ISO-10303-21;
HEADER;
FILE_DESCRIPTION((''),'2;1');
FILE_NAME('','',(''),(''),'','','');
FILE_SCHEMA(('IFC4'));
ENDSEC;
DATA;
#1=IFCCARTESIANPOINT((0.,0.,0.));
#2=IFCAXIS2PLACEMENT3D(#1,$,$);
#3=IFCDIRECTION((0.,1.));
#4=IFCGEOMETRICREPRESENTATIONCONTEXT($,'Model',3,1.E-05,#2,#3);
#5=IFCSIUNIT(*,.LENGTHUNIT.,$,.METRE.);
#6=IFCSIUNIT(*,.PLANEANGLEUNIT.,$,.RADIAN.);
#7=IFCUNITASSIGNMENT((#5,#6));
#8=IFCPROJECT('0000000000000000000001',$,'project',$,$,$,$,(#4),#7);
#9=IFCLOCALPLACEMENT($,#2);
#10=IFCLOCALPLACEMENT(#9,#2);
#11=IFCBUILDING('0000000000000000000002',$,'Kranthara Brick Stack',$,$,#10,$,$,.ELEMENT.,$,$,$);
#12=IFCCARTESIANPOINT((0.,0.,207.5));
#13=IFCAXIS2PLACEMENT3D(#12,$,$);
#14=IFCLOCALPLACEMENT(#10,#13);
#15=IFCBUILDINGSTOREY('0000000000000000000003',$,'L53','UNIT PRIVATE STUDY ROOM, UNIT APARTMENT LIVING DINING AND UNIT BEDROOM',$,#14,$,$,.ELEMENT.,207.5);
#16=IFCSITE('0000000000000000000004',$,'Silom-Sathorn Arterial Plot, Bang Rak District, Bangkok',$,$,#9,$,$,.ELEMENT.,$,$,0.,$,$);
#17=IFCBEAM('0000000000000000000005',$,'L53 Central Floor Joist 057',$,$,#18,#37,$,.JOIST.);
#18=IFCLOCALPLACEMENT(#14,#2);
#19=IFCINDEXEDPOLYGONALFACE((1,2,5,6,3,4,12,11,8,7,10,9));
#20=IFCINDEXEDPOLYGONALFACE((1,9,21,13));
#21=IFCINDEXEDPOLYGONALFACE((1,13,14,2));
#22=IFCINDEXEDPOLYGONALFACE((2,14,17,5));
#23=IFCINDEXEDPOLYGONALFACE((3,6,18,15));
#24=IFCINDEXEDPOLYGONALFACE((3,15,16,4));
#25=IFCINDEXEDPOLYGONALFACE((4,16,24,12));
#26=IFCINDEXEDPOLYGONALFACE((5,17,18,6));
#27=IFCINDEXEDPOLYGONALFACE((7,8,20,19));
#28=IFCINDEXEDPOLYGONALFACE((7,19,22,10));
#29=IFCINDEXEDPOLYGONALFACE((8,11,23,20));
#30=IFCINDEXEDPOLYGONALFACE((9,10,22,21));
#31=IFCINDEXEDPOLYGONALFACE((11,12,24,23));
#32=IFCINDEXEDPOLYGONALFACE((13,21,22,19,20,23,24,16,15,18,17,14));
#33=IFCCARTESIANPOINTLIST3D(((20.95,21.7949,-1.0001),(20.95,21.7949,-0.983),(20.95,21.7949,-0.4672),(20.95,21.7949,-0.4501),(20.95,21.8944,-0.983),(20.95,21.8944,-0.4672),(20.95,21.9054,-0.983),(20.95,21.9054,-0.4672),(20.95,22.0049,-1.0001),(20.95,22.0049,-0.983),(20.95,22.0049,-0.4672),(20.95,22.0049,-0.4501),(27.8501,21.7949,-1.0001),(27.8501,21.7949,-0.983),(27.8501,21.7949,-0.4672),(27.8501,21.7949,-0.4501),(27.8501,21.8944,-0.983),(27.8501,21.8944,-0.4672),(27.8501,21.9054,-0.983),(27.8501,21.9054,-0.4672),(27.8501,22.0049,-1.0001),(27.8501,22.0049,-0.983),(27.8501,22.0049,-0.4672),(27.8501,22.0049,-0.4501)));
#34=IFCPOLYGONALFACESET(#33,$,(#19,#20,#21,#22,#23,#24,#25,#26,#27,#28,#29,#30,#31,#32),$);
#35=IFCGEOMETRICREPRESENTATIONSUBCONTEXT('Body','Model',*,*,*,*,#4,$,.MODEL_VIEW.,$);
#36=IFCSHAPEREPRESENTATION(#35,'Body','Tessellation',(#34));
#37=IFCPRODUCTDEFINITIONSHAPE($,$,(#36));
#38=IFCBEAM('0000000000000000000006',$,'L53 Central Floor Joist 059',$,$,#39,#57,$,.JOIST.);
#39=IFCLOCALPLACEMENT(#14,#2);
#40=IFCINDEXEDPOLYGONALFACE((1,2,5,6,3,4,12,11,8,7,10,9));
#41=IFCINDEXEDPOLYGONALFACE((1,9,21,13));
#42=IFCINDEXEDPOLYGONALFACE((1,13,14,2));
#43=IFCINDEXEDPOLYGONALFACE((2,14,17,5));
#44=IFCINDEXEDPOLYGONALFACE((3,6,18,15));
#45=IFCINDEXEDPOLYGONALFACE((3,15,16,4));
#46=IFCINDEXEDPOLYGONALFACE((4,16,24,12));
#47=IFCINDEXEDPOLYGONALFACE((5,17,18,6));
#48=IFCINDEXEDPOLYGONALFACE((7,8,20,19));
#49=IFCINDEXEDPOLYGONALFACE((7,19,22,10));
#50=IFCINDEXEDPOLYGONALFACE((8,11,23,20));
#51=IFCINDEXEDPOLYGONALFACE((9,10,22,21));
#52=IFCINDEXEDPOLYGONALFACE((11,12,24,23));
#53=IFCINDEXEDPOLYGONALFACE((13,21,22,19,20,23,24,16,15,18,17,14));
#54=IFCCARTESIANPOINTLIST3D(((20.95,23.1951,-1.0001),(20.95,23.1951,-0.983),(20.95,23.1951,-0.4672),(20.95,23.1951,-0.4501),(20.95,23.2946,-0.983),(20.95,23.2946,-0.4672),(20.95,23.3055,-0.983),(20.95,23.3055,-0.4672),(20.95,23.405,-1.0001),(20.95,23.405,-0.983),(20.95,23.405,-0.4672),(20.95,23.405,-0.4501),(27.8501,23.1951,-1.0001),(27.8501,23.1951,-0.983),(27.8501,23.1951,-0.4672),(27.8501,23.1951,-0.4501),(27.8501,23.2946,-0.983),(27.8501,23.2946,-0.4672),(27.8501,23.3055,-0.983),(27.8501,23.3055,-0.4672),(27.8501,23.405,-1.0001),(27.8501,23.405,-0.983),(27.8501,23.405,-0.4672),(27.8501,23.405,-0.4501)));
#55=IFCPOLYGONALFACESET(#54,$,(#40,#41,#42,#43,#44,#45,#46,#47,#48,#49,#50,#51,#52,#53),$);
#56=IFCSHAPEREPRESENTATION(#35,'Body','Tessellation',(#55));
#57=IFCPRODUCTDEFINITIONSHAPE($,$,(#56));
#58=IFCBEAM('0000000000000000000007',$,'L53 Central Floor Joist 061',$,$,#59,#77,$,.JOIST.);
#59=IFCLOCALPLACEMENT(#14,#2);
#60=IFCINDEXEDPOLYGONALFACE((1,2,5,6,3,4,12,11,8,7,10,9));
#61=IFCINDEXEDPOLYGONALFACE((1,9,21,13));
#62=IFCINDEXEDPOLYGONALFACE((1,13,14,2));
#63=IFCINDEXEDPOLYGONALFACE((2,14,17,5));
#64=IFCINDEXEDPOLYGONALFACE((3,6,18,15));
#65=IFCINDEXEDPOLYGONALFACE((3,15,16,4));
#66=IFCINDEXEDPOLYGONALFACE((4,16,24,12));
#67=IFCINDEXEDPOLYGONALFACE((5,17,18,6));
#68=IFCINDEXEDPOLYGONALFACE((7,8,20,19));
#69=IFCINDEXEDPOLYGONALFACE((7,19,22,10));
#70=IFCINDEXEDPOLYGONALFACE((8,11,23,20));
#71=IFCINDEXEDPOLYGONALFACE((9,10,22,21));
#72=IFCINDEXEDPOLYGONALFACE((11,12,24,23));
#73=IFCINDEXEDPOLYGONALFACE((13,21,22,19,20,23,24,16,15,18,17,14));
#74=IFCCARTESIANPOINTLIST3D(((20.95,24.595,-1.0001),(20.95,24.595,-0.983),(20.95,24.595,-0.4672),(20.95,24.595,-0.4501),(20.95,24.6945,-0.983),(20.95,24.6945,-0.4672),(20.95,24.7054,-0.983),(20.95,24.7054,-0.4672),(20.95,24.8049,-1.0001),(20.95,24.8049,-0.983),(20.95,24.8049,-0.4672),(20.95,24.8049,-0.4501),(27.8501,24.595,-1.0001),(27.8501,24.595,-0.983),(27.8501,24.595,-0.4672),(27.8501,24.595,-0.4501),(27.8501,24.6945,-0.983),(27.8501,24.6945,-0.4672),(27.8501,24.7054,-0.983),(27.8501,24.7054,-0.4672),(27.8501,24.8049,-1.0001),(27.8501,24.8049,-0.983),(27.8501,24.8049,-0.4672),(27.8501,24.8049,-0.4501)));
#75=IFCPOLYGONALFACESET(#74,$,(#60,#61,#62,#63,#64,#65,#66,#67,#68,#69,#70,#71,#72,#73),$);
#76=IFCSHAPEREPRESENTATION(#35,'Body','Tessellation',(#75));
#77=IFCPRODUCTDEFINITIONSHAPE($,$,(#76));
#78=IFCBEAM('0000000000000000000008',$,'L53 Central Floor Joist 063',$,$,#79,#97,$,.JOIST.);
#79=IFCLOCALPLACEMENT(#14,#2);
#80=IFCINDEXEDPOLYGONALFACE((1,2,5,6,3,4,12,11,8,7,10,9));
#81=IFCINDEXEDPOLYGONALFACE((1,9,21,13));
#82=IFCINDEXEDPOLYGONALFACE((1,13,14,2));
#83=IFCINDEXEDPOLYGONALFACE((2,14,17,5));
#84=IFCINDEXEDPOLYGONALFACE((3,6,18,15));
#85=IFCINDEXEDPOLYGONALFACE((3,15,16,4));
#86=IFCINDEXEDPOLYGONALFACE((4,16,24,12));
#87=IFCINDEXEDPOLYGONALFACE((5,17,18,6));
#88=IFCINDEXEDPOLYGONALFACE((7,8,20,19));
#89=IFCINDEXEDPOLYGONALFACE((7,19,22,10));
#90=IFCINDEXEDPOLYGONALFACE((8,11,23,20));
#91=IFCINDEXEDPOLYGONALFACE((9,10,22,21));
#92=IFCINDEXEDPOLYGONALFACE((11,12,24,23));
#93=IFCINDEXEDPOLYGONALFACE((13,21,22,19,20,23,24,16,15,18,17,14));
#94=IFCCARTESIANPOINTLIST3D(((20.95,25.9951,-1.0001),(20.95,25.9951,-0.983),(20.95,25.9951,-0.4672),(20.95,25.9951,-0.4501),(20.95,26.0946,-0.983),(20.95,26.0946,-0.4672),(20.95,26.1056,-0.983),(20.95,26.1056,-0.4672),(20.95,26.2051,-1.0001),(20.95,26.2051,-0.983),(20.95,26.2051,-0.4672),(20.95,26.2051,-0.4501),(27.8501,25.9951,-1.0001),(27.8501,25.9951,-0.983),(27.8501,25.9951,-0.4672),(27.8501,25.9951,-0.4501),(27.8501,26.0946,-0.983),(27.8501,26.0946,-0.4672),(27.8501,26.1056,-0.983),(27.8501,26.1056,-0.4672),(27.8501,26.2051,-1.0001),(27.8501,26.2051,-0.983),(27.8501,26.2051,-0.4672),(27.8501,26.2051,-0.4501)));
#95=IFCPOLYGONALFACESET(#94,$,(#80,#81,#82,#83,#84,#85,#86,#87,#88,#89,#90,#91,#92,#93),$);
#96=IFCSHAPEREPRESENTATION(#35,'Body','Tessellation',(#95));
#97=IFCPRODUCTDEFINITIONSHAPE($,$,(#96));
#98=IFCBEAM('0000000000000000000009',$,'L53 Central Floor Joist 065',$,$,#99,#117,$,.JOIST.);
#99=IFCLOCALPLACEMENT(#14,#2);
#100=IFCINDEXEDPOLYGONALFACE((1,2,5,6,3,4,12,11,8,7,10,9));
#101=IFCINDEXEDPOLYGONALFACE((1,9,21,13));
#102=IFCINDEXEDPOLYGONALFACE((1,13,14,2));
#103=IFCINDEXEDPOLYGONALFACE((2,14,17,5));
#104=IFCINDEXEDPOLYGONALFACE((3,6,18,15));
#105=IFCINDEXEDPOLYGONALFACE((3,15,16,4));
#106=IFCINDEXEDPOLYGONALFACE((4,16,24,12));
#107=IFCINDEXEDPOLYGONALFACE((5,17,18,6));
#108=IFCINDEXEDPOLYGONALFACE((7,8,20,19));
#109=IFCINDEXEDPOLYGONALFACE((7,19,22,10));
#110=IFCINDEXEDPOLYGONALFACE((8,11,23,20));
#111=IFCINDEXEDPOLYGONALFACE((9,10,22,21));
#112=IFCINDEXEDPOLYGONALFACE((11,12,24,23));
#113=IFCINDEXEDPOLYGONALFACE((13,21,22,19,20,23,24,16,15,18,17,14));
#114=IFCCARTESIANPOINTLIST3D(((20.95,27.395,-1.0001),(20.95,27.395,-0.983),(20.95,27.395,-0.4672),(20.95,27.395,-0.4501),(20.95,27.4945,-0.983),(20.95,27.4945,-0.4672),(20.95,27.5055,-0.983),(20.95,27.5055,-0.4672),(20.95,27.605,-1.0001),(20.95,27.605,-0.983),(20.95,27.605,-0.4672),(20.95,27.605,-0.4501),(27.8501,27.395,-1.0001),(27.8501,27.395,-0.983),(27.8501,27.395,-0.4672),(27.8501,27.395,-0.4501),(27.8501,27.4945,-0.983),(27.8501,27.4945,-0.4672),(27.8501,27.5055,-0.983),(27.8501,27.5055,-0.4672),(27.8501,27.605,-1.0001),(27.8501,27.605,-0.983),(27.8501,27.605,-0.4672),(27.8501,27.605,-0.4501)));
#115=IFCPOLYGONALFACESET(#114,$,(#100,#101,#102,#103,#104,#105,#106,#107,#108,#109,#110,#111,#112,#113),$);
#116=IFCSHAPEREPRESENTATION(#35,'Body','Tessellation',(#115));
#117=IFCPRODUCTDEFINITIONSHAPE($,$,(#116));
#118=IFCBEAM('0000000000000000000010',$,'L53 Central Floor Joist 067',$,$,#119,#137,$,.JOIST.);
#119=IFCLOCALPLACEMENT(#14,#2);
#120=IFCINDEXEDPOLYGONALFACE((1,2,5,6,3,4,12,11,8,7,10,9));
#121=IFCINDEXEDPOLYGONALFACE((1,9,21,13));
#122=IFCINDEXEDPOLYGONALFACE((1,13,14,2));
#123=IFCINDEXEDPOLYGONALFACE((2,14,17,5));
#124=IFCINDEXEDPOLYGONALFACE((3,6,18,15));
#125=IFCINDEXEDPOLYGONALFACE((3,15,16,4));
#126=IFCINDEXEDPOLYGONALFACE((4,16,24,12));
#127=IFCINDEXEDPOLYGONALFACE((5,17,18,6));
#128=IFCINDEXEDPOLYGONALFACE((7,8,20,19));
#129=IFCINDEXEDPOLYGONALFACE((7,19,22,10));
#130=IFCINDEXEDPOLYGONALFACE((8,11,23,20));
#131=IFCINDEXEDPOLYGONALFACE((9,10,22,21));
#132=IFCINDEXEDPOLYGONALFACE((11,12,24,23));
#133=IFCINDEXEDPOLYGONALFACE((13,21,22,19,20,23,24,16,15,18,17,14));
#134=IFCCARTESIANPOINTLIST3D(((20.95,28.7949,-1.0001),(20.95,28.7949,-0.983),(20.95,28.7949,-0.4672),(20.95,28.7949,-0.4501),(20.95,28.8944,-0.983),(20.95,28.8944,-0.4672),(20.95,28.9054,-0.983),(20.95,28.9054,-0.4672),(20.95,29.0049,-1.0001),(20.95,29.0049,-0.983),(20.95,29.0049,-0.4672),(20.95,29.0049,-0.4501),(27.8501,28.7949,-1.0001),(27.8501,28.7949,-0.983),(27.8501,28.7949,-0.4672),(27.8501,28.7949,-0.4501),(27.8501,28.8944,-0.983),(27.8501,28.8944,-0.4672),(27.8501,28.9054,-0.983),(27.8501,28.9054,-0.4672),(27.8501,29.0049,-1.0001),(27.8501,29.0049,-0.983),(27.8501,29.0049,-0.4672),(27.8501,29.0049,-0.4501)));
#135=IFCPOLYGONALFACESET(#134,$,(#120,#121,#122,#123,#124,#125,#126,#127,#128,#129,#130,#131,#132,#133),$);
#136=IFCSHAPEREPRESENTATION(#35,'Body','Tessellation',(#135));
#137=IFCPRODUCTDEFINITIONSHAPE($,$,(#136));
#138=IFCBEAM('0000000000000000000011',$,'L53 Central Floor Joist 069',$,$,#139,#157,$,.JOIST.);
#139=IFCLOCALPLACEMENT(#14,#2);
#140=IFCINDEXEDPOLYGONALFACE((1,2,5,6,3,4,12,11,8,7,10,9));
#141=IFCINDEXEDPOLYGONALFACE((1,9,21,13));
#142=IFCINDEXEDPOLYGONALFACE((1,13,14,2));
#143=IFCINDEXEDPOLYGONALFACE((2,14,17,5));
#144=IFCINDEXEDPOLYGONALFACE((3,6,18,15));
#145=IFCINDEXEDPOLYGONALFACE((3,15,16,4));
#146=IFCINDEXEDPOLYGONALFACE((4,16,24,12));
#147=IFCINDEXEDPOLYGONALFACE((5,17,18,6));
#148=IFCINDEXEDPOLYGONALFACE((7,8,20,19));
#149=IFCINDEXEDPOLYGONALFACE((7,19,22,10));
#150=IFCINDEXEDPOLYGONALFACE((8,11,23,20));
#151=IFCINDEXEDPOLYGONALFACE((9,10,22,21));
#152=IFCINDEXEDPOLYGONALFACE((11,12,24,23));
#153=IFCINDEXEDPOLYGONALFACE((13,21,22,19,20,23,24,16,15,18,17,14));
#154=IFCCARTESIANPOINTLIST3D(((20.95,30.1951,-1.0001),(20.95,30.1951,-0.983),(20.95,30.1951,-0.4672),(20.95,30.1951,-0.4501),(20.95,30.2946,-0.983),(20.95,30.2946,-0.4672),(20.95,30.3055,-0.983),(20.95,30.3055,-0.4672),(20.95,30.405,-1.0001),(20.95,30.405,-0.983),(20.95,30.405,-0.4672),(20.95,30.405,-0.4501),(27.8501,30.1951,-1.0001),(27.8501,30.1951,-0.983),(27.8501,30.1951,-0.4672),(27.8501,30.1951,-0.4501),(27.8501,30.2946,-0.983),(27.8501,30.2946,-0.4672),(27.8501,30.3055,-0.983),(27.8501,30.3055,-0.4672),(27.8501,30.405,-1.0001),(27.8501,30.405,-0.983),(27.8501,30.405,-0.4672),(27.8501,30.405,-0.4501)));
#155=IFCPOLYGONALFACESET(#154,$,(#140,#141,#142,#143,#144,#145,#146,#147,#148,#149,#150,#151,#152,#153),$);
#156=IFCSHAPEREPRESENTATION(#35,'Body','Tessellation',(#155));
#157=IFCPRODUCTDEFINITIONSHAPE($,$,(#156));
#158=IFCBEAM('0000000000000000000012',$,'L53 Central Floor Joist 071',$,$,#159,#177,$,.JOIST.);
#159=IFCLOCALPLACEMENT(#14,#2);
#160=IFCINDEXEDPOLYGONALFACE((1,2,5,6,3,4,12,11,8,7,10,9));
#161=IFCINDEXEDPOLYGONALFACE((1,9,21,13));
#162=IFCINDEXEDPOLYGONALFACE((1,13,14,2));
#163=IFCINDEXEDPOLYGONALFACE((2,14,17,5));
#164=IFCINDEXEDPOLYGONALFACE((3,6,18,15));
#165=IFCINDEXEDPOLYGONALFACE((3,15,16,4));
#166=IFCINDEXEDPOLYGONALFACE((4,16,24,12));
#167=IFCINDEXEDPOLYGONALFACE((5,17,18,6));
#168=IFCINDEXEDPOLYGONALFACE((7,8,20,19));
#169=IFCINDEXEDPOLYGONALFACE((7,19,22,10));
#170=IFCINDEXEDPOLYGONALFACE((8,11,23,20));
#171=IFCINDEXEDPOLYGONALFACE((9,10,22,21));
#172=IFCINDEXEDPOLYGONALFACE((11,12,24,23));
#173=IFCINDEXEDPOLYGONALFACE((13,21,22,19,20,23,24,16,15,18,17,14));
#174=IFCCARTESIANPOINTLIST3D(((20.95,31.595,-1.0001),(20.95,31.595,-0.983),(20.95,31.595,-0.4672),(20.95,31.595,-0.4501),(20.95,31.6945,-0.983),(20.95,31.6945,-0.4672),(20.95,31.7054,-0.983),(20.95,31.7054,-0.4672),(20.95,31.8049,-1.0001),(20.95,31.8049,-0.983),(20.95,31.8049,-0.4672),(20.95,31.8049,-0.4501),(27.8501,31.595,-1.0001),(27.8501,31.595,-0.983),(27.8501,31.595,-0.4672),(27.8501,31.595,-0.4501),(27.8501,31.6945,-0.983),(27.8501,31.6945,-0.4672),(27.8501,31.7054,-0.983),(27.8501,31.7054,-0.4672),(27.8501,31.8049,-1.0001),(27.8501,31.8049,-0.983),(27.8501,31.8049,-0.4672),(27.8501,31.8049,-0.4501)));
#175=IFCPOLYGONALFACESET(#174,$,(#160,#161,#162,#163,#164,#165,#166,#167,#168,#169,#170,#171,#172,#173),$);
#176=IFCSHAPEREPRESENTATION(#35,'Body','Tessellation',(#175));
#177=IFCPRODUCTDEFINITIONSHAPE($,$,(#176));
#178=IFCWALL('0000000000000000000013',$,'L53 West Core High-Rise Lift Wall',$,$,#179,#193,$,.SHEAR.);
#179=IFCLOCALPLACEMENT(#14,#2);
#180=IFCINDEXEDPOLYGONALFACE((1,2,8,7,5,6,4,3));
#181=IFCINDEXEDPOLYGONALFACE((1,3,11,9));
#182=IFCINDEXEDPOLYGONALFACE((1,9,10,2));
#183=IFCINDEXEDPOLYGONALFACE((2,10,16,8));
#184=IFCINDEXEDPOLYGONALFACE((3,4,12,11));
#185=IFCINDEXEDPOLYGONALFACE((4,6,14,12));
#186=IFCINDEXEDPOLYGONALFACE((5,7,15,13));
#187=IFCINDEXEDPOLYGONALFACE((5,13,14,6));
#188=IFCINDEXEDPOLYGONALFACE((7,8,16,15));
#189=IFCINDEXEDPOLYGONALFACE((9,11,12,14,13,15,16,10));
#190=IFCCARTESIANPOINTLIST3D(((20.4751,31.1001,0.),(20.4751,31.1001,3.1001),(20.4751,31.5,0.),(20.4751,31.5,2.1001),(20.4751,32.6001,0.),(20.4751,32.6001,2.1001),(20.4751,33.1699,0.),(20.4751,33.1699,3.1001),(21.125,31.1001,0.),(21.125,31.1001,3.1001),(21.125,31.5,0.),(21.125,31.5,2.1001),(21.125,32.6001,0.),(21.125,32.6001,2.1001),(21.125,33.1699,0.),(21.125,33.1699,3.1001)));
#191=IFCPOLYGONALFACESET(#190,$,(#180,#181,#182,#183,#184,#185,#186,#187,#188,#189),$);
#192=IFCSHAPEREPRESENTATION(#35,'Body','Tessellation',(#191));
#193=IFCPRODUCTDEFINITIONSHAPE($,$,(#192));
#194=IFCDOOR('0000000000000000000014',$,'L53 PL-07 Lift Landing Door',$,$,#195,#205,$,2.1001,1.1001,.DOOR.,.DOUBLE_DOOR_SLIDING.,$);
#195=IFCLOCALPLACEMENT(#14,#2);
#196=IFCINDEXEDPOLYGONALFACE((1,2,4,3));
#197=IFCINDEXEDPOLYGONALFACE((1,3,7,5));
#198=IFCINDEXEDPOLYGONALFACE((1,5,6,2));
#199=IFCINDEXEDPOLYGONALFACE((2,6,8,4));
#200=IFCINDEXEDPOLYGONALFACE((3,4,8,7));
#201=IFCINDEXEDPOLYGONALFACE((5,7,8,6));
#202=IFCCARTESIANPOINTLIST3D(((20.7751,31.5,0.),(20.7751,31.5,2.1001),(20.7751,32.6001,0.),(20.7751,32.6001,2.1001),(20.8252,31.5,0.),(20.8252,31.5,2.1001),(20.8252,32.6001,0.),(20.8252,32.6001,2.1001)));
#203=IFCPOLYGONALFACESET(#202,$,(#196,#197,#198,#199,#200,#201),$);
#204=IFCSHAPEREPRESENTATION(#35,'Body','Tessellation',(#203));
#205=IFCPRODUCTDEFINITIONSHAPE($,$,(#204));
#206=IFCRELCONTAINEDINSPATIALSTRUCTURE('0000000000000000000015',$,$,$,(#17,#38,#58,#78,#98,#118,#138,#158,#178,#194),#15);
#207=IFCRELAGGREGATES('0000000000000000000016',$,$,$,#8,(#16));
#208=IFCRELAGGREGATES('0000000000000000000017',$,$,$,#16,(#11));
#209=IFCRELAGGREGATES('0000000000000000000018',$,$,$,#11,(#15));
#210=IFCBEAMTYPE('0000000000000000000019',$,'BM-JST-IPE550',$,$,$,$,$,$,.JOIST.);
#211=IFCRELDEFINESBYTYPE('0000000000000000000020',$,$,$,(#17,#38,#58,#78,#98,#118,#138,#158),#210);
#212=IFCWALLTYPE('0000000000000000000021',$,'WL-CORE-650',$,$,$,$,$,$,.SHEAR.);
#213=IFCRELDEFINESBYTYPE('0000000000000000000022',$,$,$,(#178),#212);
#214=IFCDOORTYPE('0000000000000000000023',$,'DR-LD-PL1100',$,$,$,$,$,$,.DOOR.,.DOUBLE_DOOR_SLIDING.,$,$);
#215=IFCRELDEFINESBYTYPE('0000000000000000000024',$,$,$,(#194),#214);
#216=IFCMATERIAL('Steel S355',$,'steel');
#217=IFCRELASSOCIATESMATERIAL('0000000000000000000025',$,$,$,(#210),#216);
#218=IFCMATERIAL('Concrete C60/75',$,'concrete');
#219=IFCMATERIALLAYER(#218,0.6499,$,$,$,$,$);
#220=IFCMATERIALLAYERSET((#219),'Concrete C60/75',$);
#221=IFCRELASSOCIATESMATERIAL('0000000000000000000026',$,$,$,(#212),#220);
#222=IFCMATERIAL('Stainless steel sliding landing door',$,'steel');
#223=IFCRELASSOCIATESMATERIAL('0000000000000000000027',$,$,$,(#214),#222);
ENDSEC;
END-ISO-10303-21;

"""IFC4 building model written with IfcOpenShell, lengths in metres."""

from ifc_helpers import new_model, si_unit, direction, frame, frame_2d, origin, origin_2d, place, context, subcontext, project, spatial, rectangle, i_section, extrude, material, layer, layer_set, material_profile, profile_set, type_object, element, fill, save


model = new_model("IFC4")

# Units and contexts
model_context = context("Model", 3, precision=1e-05, world=origin(), true_north=direction((0.0, 1.0)))
body_context = subcontext(model_context, "Body", "Model", "MODEL_VIEW")
ifc_project = project(units=[si_unit("LENGTHUNIT", "METRE"), si_unit("PLANEANGLEUNIT", "RADIAN")], contexts=[model_context])

# Site, building, storey
site_placement = place(None, origin())
site = spatial("IfcSite", under=ifc_project, at=site_placement, Name="Silom-Sathorn Arterial Plot, Bang Rak District, Bangkok", CompositionType="ELEMENT", RefElevation=0.0)
building_placement = place(site_placement, origin())
building = spatial("IfcBuilding", under=site, at=building_placement, Name="Kranthara Brick Stack", CompositionType="ELEMENT")
storey_placement = place(building_placement, frame((0.0, 0.0, 207.5)))
storey = spatial("IfcBuildingStorey", under=building, at=storey_placement, Name="L53", Description="UNIT PRIVATE STUDY ROOM, UNIT APARTMENT LIVING DINING AND UNIT BEDROOM", CompositionType="ELEMENT", Elevation=207.5)

# Beams
ifc_material_1 = material(Name="Steel S355", Category="steel")
ifc_material_profile = material_profile(ifc_material_1, i_section(OverallWidth=0.21, OverallDepth=0.55, WebThickness=0.011, FlangeThickness=0.0171, at=origin_2d()), Name="IPE 550")
ifc_profile_set = profile_set([ifc_material_profile], Name="Steel S355")
beam_type = type_object("IfcBeamType", Name="BM-JST-IPE550", PredefinedType="JOIST", material=ifc_profile_set)
for number, where, z_axis, x_axis, name in (
    (1, (20.95, 21.8999, -0.7251), (1.0, 0.0, 0.0), (0.0, 1.0, 0.0), "L53 Central Floor Joist 057"),
    (2, (20.95, 23.3, -0.7251), (1.0, 0.0, 0.0), (0.0, 1.0, 0.0), "L53 Central Floor Joist 059"),
    (3, (20.95, 24.7, -0.7251), (1.0, 0.0, 0.0), (0.0, 1.0, 0.0), "L53 Central Floor Joist 061"),
    (4, (20.95, 26.1001, -0.7251), (1.0, 0.0, 0.0), (0.0, 1.0, 0.0), "L53 Central Floor Joist 063"),
    (5, (20.95, 27.5, -0.7251), (1.0, 0.0, 0.0), (0.0, 1.0, 0.0), "L53 Central Floor Joist 065"),
    (6, (20.95, 28.8999, -0.7251), (1.0, 0.0, 0.0), (0.0, 1.0, 0.0), "L53 Central Floor Joist 067"),
    (7, (20.95, 30.3, -0.7251), (1.0, 0.0, 0.0), (0.0, 1.0, 0.0), "L53 Central Floor Joist 069"),
    (8, (20.95, 31.7, -0.7251), (1.0, 0.0, 0.0), (0.0, 1.0, 0.0), "L53 Central Floor Joist 071"),
):
    element("IfcBeam", number, at=place(storey_placement, frame(where, z_axis=z_axis, x_axis=x_axis)), inside=storey, type_object=beam_type, Name=name, PredefinedType="JOIST", context=body_context, shape_type="SweptSolid", body=[
        extrude(i_section(OverallWidth=0.21, OverallDepth=0.55, WebThickness=0.011, FlangeThickness=0.0171, at=origin_2d()), origin(), (0.0, 0.0, 1.0), 6.9001),
    ])

# Wall, opening, door
ifc_material_2 = material(Name="Concrete C60/75", Category="concrete")
ifc_layer_1 = layer(ifc_material_2, 0.6499)
ifc_layer_set_1 = layer_set([ifc_layer_1], Name="Concrete C60/75")
wall_type_1 = type_object("IfcWallType", Name="WL-CORE-650", PredefinedType="SHEAR", material=ifc_layer_set_1)
wall_1_placement = place(storey_placement, frame((20.8, 31.1001, 0.0), z_axis=(0.0, 0.0, 1.0), x_axis=(0.0, 1.0, 0.0)))
wall_1 = element("IfcWall", 9, at=wall_1_placement, inside=storey, type_object=wall_type_1, Name="L53 West Core High-Rise Lift Wall", PredefinedType="SHEAR", context=body_context, shape_type="SweptSolid", body=[
    extrude(rectangle(XDim=2.0698, YDim=0.6499, at=frame_2d((1.0349, 0.0))), origin(), (0.0, 0.0, 1.0), 3.1001),
])
opening_1_placement = place(wall_1_placement, frame((0.3999, 0.0, 0.0)))
opening_1 = element("IfcOpeningElement", 10, at=opening_1_placement, cuts=wall_1, PredefinedType="OPENING", context=body_context, shape_type="SweptSolid", body=[
    extrude(rectangle(XDim=1.1001, YDim=2.1001, at=frame_2d((0.55, 1.05))), frame((0.0, 0.335, 0.0), z_axis=(0.0, -1.0, 0.0), x_axis=(1.0, 0.0, 0.0)), (0.0, 0.0, 1.0), 0.6699),
])
ifc_material_3 = material(Name="Stainless steel sliding landing door", Category="steel")
door_type_1 = type_object("IfcDoorType", Name="DR-LD-PL1100", OperationType="DOUBLE_DOOR_SLIDING", PredefinedType="DOOR", material=ifc_material_3)
door_1_placement = place(opening_1_placement, origin())
door_1 = element("IfcDoor", 11, at=door_1_placement, inside=storey, type_object=door_type_1, Name="L53 PL-07 Lift Landing Door", OperationType="DOUBLE_DOOR_SLIDING", OverallHeight=2.1001, OverallWidth=1.1001, PredefinedType="DOOR", context=body_context, shape_type="SweptSolid", body=[
    extrude(rectangle(XDim=1.1001, YDim=2.1001, at=frame_2d((0.55, 1.05))), frame((0.0, 0.0249, 0.0), z_axis=(0.0, -1.0, 0.0), x_axis=(1.0, 0.0, 0.0)), (0.0, 0.0, 1.0), 0.05),
])
fill(opening_1, door_1)

save(model, "model.ifc")
